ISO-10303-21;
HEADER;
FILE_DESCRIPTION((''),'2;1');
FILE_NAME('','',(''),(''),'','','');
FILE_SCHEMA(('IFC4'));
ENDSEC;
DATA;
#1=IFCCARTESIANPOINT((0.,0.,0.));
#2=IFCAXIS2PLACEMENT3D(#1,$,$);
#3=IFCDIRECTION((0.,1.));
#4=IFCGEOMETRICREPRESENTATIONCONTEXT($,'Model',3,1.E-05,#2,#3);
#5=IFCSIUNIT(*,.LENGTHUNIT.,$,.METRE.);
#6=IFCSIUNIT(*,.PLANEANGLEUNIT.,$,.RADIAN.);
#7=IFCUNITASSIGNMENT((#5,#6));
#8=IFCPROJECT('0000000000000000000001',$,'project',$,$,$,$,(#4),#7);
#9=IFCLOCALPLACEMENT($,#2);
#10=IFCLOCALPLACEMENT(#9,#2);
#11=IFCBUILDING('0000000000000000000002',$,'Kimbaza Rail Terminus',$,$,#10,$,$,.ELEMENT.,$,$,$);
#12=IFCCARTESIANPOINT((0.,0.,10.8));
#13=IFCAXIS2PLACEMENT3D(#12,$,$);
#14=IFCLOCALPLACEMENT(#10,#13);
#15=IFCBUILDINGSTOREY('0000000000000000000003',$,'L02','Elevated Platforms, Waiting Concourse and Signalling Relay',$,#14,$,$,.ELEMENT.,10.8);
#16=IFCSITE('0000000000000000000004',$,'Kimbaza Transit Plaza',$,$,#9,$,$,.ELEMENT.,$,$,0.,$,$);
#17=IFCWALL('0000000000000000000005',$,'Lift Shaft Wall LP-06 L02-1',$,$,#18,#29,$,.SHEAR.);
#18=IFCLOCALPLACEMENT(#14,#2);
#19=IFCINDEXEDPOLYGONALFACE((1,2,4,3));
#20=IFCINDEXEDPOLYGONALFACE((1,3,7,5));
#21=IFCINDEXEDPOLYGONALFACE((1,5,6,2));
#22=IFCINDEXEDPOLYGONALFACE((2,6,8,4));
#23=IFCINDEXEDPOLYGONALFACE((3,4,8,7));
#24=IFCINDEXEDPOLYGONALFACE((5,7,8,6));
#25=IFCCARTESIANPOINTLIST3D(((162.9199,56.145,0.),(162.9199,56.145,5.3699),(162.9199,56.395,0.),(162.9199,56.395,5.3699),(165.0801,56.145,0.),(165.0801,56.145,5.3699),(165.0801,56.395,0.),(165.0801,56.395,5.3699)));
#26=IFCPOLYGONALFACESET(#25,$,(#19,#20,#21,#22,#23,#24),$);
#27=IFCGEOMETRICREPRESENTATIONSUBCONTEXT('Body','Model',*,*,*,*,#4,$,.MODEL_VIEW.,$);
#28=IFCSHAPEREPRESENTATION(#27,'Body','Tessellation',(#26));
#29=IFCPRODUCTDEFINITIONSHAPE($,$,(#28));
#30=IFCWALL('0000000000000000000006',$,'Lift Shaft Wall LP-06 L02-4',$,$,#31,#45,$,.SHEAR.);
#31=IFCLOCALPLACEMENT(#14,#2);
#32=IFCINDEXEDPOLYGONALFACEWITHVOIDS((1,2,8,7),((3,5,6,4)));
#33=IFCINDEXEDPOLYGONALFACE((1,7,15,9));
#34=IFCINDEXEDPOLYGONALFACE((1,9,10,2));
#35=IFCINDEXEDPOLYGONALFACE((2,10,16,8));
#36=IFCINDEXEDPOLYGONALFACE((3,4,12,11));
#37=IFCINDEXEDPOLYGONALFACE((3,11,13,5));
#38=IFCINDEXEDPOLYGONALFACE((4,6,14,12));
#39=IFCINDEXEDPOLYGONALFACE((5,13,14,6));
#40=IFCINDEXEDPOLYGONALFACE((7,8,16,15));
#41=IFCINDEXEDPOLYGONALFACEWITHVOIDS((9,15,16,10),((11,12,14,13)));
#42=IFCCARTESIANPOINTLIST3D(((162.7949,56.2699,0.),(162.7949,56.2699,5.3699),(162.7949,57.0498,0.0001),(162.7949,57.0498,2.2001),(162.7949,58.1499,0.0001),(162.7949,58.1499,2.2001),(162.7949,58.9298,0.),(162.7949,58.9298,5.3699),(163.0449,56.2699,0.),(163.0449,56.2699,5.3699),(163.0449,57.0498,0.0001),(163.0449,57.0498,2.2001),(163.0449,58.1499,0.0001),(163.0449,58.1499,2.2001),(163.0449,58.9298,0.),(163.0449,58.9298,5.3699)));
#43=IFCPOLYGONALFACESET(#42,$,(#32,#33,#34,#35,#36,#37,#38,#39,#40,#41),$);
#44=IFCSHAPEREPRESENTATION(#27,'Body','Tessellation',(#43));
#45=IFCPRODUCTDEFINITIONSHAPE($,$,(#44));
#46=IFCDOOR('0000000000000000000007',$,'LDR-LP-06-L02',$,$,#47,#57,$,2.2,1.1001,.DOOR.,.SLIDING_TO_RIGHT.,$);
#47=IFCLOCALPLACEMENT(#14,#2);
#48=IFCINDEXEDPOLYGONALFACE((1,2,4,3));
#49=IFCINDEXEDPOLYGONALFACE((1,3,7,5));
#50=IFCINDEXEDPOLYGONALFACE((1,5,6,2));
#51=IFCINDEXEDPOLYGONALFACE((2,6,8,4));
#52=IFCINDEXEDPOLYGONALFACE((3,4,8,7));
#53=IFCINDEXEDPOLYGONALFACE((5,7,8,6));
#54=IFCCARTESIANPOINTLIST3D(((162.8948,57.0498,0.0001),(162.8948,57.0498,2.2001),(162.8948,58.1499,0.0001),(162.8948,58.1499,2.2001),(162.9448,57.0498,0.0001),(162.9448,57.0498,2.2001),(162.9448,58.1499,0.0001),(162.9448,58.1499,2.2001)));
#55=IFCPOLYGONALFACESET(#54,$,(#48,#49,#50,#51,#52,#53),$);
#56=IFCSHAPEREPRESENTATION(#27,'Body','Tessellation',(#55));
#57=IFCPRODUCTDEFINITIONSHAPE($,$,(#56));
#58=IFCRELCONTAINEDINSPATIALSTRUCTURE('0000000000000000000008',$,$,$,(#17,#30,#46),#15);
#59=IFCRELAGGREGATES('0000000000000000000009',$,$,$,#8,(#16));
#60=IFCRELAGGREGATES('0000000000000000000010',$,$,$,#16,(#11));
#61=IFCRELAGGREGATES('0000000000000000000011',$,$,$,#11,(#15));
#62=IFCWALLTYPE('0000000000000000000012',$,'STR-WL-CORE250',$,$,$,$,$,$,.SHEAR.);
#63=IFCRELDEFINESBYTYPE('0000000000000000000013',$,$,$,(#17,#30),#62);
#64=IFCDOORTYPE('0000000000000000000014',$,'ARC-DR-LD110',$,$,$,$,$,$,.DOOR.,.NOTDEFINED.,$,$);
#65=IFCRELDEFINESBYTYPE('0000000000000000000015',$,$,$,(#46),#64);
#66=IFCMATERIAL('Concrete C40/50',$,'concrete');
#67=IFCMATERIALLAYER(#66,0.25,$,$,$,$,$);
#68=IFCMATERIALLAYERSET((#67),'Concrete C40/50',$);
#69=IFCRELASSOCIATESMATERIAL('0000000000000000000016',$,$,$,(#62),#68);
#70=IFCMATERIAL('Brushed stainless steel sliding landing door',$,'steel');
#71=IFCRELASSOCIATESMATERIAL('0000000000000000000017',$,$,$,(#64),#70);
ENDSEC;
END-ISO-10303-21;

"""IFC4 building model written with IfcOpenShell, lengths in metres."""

from ifc_helpers import new_model, si_unit, direction, frame, frame_2d, origin, place, context, subcontext, project, spatial, rectangle, extrude, material, layer, layer_set, type_object, element, fill, save


model = new_model("IFC4")

# Units and contexts
model_context = context("Model", 3, precision=1e-05, world=origin(), true_north=direction((0.0, 1.0)))
body_context = subcontext(model_context, "Body", "Model", "MODEL_VIEW")
ifc_project = project(units=[si_unit("LENGTHUNIT", "METRE"), si_unit("PLANEANGLEUNIT", "RADIAN")], contexts=[model_context])

# Site, building, storey
site_placement = place(None, origin())
site = spatial("IfcSite", under=ifc_project, at=site_placement, Name="Kimbaza Transit Plaza", CompositionType="ELEMENT", RefElevation=0.0)
building_placement = place(site_placement, origin())
building = spatial("IfcBuilding", under=site, at=building_placement, Name="Kimbaza Rail Terminus", CompositionType="ELEMENT")
storey_placement = place(building_placement, frame((0.0, 0.0, 10.8)))
storey = spatial("IfcBuildingStorey", under=building, at=storey_placement, Name="L02", Description="Elevated Platforms, Waiting Concourse and Signalling Relay", CompositionType="ELEMENT", Elevation=10.8)

# Wall
ifc_material_1 = material(Name="Concrete C40/50", Category="concrete")
ifc_layer_1 = layer(ifc_material_1, 0.25)
ifc_layer_set_1 = layer_set([ifc_layer_1], Name="Concrete C40/50")
wall_type = type_object("IfcWallType", Name="STR-WL-CORE250", PredefinedType="SHEAR", material=ifc_layer_set_1)
wall_1_placement = place(storey_placement, frame((162.9199, 56.27, 0.0), z_axis=(0.0, 0.0, 1.0), x_axis=(1.0, 0.0, 0.0)))
element("IfcWall", 1, at=wall_1_placement, inside=storey, type_object=wall_type, Name="Lift Shaft Wall LP-06 L02-1", PredefinedType="SHEAR", context=body_context, shape_type="SweptSolid", body=[
    extrude(rectangle(XDim=2.1602, YDim=0.25, at=frame_2d((1.0801, 0.0))), origin(), (0.0, 0.0, 1.0), 5.3699),
])

# Wall, opening, door
wall_2_placement = place(storey_placement, frame((162.9199, 58.9299, 0.0), z_axis=(0.0, 0.0, 1.0), x_axis=(0.0, -1.0, 0.0)))
wall_2 = element("IfcWall", 2, at=wall_2_placement, inside=storey, type_object=wall_type, Name="Lift Shaft Wall LP-06 L02-4", PredefinedType="SHEAR", context=body_context, shape_type="SweptSolid", body=[
    extrude(rectangle(XDim=2.6599, YDim=0.25, at=frame_2d((1.3301, 0.0))), origin(), (0.0, 0.0, 1.0), 5.3699),
])
opening_placement = place(wall_2_placement, frame((0.78, 0.0, 0.0)))
opening = element("IfcOpeningElement", 3, at=opening_placement, cuts=wall_2, PredefinedType="OPENING", context=body_context, shape_type="SweptSolid", body=[
    extrude(rectangle(XDim=1.1001, YDim=2.2, at=frame_2d((0.55, 1.1001))), frame((0.0, 0.135, 0.0), z_axis=(0.0, -1.0, 0.0), x_axis=(1.0, 0.0, 0.0)), (0.0, 0.0, 1.0), 0.27),
])
ifc_material_2 = material(Name="Brushed stainless steel sliding landing door", Category="steel")
door_type = type_object("IfcDoorType", Name="ARC-DR-LD110", OperationType="NOTDEFINED", PredefinedType="DOOR", material=ifc_material_2)
door_placement = place(opening_placement, origin())
door = element("IfcDoor", 4, at=door_placement, inside=storey, type_object=door_type, Name="LDR-LP-06-L02", OperationType="SLIDING_TO_RIGHT", OverallHeight=2.2, OverallWidth=1.1001, PredefinedType="DOOR", context=body_context, shape_type="SweptSolid", body=[
    extrude(rectangle(XDim=1.1001, YDim=2.2, at=frame_2d((0.55, 1.1001))), frame((0.0, 0.0249, 0.0), z_axis=(0.0, -1.0, 0.0), x_axis=(1.0, 0.0, 0.0)), (0.0, 0.0, 1.0), 0.05),
])
fill(opening, door)

save(model, "model.ifc")
